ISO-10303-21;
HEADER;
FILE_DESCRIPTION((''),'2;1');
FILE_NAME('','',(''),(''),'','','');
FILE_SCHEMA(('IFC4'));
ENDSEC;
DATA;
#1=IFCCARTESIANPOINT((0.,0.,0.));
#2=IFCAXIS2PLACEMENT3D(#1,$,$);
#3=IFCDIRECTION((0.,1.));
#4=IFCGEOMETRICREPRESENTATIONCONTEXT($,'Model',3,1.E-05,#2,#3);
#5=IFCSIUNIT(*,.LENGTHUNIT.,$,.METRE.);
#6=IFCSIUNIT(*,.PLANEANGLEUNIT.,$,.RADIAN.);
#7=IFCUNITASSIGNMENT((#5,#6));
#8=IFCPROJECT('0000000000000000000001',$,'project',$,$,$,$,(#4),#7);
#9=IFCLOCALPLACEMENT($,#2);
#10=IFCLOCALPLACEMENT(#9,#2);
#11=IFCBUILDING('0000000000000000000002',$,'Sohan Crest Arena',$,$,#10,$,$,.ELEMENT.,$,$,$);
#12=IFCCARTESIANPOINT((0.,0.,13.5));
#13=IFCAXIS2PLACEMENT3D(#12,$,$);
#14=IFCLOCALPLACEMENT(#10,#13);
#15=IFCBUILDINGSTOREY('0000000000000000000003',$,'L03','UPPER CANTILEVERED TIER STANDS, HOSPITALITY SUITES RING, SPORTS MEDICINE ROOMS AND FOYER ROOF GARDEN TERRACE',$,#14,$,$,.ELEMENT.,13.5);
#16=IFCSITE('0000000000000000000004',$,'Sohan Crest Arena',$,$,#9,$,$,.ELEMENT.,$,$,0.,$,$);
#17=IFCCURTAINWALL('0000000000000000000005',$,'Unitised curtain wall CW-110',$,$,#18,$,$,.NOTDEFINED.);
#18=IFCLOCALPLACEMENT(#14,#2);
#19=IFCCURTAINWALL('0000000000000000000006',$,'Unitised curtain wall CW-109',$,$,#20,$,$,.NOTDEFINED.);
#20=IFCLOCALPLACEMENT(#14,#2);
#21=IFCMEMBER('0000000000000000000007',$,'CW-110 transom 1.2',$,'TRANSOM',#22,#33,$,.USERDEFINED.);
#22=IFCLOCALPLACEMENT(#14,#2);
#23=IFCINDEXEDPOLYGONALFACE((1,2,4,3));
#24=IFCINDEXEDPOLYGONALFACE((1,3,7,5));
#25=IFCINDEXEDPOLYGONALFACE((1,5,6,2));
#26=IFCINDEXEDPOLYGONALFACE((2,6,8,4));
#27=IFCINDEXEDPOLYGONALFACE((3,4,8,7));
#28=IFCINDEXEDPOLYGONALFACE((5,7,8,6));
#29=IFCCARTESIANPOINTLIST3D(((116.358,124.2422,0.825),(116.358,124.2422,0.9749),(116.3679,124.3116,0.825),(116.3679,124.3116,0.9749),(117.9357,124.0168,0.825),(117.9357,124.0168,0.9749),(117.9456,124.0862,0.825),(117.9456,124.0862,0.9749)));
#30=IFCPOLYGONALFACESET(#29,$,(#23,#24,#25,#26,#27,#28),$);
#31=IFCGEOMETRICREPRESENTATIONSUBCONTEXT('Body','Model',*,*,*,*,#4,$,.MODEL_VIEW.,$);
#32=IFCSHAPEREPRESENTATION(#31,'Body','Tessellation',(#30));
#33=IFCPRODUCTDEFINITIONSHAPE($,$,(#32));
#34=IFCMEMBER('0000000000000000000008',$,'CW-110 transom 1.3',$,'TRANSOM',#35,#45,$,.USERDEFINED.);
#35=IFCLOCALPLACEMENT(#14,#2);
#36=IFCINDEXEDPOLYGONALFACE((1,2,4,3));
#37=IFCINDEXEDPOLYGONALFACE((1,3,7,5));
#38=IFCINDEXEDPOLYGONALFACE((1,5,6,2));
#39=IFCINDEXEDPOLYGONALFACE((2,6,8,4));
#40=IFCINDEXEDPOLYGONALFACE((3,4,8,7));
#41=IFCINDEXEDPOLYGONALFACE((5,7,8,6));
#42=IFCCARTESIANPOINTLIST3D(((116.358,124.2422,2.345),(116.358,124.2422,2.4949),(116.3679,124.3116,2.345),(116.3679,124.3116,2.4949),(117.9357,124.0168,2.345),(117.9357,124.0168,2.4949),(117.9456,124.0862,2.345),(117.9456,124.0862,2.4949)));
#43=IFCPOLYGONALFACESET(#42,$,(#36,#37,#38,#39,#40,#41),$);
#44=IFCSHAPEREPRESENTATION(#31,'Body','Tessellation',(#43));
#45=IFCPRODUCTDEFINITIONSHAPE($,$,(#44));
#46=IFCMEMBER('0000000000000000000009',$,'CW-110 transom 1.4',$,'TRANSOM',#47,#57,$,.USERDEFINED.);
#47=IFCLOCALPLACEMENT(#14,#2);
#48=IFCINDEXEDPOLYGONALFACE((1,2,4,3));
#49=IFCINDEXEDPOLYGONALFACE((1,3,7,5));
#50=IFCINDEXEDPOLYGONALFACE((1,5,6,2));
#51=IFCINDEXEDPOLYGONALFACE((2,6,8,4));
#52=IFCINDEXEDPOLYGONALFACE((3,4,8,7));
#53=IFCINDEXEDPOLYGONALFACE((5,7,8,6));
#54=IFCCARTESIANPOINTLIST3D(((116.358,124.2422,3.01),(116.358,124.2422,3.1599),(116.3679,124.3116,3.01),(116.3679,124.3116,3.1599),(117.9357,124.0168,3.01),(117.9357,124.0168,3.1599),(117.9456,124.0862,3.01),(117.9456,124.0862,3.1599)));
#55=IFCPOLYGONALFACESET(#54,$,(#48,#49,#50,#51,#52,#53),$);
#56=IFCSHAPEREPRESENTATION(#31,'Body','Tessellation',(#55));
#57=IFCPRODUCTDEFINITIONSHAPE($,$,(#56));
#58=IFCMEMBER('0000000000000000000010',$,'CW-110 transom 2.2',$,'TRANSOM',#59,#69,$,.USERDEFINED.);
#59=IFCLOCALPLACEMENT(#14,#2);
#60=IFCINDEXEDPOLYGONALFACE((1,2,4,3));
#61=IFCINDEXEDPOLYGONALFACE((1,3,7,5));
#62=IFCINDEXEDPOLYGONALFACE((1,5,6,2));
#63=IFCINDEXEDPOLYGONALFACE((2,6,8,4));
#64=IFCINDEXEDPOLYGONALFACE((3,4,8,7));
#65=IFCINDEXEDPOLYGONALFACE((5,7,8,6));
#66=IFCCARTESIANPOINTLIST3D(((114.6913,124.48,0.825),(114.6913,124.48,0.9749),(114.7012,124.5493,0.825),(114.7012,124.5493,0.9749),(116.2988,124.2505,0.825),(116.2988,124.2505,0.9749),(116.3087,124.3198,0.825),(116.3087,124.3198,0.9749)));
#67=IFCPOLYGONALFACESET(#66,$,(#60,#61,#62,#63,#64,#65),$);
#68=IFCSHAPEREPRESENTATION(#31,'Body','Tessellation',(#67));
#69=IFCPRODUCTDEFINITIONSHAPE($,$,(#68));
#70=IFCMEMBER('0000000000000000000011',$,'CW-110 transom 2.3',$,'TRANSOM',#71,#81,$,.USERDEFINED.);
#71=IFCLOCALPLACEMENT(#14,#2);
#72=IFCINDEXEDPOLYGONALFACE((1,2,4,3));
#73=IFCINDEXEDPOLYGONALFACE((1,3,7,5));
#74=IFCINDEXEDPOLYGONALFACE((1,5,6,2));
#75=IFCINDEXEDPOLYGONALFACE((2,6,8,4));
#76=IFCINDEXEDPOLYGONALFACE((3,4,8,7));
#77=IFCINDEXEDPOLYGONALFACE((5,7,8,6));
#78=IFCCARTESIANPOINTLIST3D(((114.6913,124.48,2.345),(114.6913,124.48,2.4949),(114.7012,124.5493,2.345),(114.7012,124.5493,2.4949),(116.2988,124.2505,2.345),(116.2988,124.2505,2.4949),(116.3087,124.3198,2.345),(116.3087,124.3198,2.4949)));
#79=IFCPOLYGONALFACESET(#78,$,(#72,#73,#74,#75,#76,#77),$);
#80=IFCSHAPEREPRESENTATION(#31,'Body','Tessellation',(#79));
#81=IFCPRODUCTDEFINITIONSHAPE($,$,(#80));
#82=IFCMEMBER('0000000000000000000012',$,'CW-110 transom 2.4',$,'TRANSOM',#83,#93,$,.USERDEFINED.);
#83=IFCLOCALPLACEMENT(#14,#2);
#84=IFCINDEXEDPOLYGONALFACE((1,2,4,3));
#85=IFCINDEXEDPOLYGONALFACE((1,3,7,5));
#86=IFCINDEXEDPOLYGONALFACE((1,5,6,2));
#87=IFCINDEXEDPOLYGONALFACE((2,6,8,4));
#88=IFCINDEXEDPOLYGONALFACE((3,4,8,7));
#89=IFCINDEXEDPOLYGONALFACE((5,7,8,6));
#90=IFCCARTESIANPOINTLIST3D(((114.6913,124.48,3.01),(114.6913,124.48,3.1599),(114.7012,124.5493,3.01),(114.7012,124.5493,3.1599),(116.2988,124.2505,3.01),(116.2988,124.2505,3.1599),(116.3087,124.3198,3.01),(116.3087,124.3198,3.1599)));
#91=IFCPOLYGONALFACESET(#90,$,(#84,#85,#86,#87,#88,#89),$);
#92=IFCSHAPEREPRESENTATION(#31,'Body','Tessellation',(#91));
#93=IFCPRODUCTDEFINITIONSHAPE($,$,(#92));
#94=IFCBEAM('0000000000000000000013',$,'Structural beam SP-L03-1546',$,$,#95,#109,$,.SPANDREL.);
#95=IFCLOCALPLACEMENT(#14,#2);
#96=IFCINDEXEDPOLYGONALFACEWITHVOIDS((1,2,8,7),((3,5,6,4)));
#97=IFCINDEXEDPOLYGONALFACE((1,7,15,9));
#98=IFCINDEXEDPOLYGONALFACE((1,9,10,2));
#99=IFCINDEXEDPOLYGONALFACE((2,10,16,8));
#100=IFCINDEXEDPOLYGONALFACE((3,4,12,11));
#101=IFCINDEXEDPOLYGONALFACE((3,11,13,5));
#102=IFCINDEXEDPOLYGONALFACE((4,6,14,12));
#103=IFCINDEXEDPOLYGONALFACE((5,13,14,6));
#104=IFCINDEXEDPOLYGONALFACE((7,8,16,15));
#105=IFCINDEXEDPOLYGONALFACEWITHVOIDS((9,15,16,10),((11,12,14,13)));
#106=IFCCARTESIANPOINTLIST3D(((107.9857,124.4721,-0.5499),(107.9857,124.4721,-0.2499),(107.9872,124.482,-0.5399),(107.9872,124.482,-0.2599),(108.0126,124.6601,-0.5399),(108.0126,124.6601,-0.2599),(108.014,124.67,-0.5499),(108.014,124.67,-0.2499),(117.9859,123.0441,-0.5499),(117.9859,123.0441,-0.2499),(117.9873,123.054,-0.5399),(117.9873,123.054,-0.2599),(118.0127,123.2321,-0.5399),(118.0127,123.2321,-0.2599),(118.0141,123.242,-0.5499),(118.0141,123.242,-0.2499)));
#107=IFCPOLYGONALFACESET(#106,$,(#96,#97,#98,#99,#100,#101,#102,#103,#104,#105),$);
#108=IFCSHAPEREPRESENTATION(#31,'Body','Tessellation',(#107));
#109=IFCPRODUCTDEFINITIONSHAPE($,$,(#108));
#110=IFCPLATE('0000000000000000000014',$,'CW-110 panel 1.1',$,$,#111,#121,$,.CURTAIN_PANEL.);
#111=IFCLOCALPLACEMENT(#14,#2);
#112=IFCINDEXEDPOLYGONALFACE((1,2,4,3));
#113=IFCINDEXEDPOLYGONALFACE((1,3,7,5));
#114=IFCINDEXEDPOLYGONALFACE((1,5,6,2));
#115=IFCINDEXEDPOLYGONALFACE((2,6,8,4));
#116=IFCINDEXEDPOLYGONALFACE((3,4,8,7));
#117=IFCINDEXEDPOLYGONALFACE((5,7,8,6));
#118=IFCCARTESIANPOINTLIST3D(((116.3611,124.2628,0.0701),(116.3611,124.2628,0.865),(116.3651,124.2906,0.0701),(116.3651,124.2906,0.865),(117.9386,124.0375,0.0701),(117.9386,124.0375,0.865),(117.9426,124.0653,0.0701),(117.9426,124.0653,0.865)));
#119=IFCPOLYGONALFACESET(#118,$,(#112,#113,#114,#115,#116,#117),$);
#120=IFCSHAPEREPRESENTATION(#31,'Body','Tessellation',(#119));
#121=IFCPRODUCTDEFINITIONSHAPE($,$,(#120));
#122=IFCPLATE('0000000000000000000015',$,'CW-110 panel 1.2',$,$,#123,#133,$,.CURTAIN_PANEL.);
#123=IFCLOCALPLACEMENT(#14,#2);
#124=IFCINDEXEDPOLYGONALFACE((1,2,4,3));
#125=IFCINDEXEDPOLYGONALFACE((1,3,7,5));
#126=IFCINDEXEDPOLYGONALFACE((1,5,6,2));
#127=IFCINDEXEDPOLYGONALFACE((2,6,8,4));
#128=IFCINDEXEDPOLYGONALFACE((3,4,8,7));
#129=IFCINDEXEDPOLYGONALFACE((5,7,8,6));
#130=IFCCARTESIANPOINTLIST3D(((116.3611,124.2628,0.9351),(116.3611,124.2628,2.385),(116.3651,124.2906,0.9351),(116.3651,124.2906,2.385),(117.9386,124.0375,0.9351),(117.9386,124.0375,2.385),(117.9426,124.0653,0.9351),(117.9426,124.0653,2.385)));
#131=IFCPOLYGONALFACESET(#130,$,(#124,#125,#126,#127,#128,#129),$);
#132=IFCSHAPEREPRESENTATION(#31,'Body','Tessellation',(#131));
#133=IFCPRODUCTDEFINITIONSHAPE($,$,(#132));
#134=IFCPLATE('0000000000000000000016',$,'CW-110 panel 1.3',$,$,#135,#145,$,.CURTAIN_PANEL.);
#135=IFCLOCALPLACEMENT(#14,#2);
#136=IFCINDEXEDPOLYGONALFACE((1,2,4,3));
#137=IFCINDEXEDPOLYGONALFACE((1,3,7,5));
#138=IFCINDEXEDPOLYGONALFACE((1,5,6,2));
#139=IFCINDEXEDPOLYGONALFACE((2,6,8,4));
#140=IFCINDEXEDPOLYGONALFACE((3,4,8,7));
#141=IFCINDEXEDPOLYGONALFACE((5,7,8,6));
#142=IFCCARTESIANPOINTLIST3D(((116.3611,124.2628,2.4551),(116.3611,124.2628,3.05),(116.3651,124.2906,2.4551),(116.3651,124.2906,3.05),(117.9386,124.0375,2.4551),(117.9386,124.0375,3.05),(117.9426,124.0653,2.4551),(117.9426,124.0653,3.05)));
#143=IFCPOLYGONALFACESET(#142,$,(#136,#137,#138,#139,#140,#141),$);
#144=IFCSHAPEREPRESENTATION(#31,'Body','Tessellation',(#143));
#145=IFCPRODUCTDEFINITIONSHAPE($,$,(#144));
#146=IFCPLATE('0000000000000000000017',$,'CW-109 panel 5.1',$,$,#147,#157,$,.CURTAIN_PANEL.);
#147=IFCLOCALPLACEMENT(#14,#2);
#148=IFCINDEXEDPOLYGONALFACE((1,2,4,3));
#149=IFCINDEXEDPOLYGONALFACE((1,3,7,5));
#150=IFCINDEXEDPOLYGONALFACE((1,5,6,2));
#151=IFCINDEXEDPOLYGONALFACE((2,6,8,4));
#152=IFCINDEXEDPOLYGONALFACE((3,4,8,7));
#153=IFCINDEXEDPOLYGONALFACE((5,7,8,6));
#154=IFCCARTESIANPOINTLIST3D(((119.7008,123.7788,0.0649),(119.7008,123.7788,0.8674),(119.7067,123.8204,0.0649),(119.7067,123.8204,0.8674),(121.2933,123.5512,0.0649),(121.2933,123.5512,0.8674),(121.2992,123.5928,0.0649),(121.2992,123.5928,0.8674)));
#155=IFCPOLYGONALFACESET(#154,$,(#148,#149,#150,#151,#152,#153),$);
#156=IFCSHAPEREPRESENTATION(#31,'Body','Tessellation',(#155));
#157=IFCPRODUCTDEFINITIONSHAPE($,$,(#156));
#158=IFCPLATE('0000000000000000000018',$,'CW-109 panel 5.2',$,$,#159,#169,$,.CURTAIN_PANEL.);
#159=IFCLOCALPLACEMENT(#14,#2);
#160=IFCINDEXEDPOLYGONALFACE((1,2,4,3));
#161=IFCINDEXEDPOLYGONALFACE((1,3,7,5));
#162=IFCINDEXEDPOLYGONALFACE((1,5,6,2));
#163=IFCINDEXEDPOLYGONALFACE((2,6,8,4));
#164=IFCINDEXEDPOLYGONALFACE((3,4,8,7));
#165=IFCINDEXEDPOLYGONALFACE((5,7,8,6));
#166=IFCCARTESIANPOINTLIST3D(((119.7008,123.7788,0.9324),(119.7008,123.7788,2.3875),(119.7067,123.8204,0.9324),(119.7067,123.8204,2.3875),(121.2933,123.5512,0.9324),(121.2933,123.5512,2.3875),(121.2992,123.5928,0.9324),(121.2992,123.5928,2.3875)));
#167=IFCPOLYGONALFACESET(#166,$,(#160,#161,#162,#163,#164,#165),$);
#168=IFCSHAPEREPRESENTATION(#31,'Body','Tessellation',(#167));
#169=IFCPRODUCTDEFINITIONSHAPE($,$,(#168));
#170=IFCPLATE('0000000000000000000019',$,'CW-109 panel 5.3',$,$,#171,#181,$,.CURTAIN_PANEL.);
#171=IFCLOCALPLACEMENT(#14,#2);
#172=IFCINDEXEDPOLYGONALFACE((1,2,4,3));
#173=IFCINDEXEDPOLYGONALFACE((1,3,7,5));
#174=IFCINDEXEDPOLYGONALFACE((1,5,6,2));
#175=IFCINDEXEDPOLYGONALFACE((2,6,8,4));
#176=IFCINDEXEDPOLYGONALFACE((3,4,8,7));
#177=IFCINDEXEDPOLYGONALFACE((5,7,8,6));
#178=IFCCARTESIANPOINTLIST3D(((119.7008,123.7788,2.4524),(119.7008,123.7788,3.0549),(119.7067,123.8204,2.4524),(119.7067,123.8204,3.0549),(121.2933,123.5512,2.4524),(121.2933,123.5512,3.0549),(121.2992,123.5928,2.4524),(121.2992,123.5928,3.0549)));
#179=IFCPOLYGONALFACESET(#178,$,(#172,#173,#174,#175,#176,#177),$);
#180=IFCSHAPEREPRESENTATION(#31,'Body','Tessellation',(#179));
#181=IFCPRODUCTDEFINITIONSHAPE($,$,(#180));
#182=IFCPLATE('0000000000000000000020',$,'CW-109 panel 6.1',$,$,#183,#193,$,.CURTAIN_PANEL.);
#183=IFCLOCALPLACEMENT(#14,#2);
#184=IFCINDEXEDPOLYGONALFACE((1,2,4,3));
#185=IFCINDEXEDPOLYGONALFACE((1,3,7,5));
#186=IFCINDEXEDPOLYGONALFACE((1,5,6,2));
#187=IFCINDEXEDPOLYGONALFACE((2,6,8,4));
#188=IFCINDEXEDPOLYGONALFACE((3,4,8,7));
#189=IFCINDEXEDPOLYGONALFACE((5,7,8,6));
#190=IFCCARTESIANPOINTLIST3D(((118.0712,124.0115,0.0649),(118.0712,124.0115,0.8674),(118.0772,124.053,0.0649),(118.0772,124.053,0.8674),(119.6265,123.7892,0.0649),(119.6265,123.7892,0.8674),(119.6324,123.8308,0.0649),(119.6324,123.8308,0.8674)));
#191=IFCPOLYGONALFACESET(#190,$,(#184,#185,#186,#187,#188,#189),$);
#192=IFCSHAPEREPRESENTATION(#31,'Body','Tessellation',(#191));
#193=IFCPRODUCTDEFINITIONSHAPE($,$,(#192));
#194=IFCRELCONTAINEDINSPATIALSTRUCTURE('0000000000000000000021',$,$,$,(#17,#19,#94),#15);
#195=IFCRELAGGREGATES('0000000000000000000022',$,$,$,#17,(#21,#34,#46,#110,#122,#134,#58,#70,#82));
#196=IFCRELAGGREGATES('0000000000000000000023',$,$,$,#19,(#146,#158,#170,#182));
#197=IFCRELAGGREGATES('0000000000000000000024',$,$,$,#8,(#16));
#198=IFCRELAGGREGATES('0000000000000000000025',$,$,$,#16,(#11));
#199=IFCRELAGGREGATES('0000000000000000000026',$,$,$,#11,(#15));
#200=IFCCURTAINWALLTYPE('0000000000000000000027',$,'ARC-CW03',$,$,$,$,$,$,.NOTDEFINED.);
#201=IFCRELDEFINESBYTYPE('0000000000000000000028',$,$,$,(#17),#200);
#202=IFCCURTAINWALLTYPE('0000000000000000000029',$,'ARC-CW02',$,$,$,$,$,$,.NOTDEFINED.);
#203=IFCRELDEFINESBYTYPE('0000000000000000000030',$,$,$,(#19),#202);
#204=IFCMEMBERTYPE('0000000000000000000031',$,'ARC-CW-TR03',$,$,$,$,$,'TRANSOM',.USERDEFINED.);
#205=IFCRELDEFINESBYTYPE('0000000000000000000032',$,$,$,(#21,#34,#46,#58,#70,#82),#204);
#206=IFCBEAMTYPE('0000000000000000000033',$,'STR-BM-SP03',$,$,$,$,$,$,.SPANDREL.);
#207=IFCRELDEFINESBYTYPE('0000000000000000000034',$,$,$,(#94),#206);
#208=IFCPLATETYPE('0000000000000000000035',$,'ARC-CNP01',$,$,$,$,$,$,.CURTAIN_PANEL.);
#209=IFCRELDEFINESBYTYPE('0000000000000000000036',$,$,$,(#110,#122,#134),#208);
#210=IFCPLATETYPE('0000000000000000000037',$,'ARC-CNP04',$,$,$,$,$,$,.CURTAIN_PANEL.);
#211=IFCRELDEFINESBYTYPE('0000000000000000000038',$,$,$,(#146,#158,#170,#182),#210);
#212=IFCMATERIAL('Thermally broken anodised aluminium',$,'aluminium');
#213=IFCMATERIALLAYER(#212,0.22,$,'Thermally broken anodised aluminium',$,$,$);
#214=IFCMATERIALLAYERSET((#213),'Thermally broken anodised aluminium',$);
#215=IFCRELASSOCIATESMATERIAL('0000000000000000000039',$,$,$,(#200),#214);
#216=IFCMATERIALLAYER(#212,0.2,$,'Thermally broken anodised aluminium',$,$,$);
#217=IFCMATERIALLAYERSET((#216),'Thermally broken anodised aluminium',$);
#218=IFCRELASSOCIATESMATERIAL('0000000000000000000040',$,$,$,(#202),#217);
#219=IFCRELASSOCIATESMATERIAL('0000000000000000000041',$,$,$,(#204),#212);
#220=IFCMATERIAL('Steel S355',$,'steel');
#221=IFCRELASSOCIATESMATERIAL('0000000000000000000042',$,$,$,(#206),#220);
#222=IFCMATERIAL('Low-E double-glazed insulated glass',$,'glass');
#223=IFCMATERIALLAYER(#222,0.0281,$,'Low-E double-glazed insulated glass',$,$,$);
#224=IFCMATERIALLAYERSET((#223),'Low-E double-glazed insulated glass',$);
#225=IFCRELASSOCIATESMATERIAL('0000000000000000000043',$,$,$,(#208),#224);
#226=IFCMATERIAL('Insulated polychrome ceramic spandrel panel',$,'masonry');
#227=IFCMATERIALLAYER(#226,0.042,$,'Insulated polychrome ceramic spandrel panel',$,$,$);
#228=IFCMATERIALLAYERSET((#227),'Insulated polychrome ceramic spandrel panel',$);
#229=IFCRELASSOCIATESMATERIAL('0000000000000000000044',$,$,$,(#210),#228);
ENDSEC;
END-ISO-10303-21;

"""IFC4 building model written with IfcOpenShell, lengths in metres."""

from ifc_helpers import new_model, si_unit, direction, frame, origin, origin_2d, place, context, subcontext, project, spatial, rectangle, hollow_rectangle, extrude, material, layer, layer_set, material_profile, profile_set, type_object, element, aggregate, save


model = new_model("IFC4")

# Units and contexts
model_context = context("Model", 3, precision=1e-05, world=origin(), true_north=direction((0.0, 1.0)))
body_context = subcontext(model_context, "Body", "Model", "MODEL_VIEW")
ifc_project = project(units=[si_unit("LENGTHUNIT", "METRE"), si_unit("PLANEANGLEUNIT", "RADIAN")], contexts=[model_context])

# Site, building, storey
site_placement = place(None, origin())
site = spatial("IfcSite", under=ifc_project, at=site_placement, Name="Sohan Crest Arena", CompositionType="ELEMENT", RefElevation=0.0)
building_placement = place(site_placement, origin())
building = spatial("IfcBuilding", under=site, at=building_placement, Name="Sohan Crest Arena", CompositionType="ELEMENT")
storey_placement = place(building_placement, frame((0.0, 0.0, 13.5)))
storey = spatial("IfcBuildingStorey", under=building, at=storey_placement, Name="L03", Description="UPPER CANTILEVERED TIER STANDS, HOSPITALITY SUITES RING, SPORTS MEDICINE ROOMS AND FOYER ROOF GARDEN TERRACE", CompositionType="ELEMENT", Elevation=13.5)

# Shared definitions
ifc_material_1 = material(Name="Steel S355", Category="steel")

# Curtain walls
ifc_material_2 = material(Name="Thermally broken anodised aluminium", Category="aluminium")
ifc_layer_1 = layer(ifc_material_2, 0.22, Name="Thermally broken anodised aluminium")
ifc_layer_set_1 = layer_set([ifc_layer_1], Name="Thermally broken anodised aluminium")
curtain_wall_type_1 = type_object("IfcCurtainWallType", Name="ARC-CW03", PredefinedType="NOTDEFINED", material=ifc_layer_set_1)
curtain_wall_1_placement = place(storey_placement, origin())
curtain_wall_1 = element("IfcCurtainWall", 1, at=curtain_wall_1_placement, inside=storey, type_object=curtain_wall_type_1, Name="Unitised curtain wall CW-110", PredefinedType="NOTDEFINED")
ifc_layer_2 = layer(ifc_material_2, 0.2, Name="Thermally broken anodised aluminium")
ifc_layer_set_2 = layer_set([ifc_layer_2], Name="Thermally broken anodised aluminium")
curtain_wall_type_2 = type_object("IfcCurtainWallType", Name="ARC-CW02", PredefinedType="NOTDEFINED", material=ifc_layer_set_2)
curtain_wall_2_placement = place(storey_placement, origin())
curtain_wall_2 = element("IfcCurtainWall", 2, at=curtain_wall_2_placement, inside=storey, type_object=curtain_wall_type_2, Name="Unitised curtain wall CW-109", PredefinedType="NOTDEFINED")

# Members
ifc_material_profile_1 = material_profile(ifc_material_2, rectangle(XDim=0.0701, YDim=0.1499, at=origin_2d()), Name="ALU-TRAN 70x150")
ifc_profile_set_1 = profile_set([ifc_material_profile_1], Name="Thermally broken anodised aluminium")
member_type_1 = type_object("IfcMemberType", Name="ARC-CW-TR03", ElementType="TRANSOM", PredefinedType="USERDEFINED", material=ifc_profile_set_1)
member_1_placement = place(storey_placement, frame((117.9407, 124.0515, 0.8999), z_axis=(-0.989953, 0.1414, 0.0), x_axis=(-0.1414, -0.989953, 0.0)))
member_1 = element("IfcMember", 3, at=member_1_placement, type_object=member_type_1, Name="CW-110 transom 1.2", ObjectType="TRANSOM", PredefinedType="USERDEFINED", context=body_context, shape_type="SweptSolid", body=[
    extrude(rectangle(XDim=0.0701, YDim=0.1499, at=origin_2d()), origin(), (0.0, 0.0, 1.0), 1.5938),
])
member_2_placement = place(storey_placement, frame((117.9407, 124.0515, 2.4199), z_axis=(-0.989953, 0.1414, 0.0), x_axis=(-0.1414, -0.989953, 0.0)))
member_2 = element("IfcMember", 4, at=member_2_placement, type_object=member_type_1, Name="CW-110 transom 1.3", ObjectType="TRANSOM", PredefinedType="USERDEFINED", context=body_context, shape_type="SweptSolid", body=[
    extrude(rectangle(XDim=0.0701, YDim=0.1499, at=origin_2d()), origin(), (0.0, 0.0, 1.0), 1.5938),
])
member_3_placement = place(storey_placement, frame((117.9407, 124.0515, 3.085), z_axis=(-0.989953, 0.1414, 0.0), x_axis=(-0.1414, -0.989953, 0.0)))
member_3 = element("IfcMember", 5, at=member_3_placement, type_object=member_type_1, Name="CW-110 transom 1.4", ObjectType="TRANSOM", PredefinedType="USERDEFINED", context=body_context, shape_type="SweptSolid", body=[
    extrude(rectangle(XDim=0.0701, YDim=0.1499, at=origin_2d()), origin(), (0.0, 0.0, 1.0), 1.5938),
])
member_4_placement = place(storey_placement, frame((116.3037, 124.2852, 0.8999), z_axis=(-0.989962, 0.141337, 0.0), x_axis=(-0.141337, -0.989962, 0.0)))
member_4 = element("IfcMember", 6, at=member_4_placement, type_object=member_type_1, Name="CW-110 transom 2.2", ObjectType="TRANSOM", PredefinedType="USERDEFINED", context=body_context, shape_type="SweptSolid", body=[
    extrude(rectangle(XDim=0.0701, YDim=0.1499, at=origin_2d()), origin(), (0.0, 0.0, 1.0), 1.6238),
])
member_5_placement = place(storey_placement, frame((116.3037, 124.2852, 2.4199), z_axis=(-0.989962, 0.141337, 0.0), x_axis=(-0.141337, -0.989962, 0.0)))
member_5 = element("IfcMember", 7, at=member_5_placement, type_object=member_type_1, Name="CW-110 transom 2.3", ObjectType="TRANSOM", PredefinedType="USERDEFINED", context=body_context, shape_type="SweptSolid", body=[
    extrude(rectangle(XDim=0.0701, YDim=0.1499, at=origin_2d()), origin(), (0.0, 0.0, 1.0), 1.6238),
])
member_6_placement = place(storey_placement, frame((116.3037, 124.2852, 3.085), z_axis=(-0.989962, 0.141337, 0.0), x_axis=(-0.141337, -0.989962, 0.0)))
member_6 = element("IfcMember", 8, at=member_6_placement, type_object=member_type_1, Name="CW-110 transom 2.4", ObjectType="TRANSOM", PredefinedType="USERDEFINED", context=body_context, shape_type="SweptSolid", body=[
    extrude(rectangle(XDim=0.0701, YDim=0.1499, at=origin_2d()), origin(), (0.0, 0.0, 1.0), 1.6238),
])

# Beam
ifc_material_profile_2 = material_profile(ifc_material_1, hollow_rectangle(XDim=0.2, YDim=0.3, WallThickness=0.01, at=origin_2d()), Name="RHS 300x200x10")
ifc_profile_set_2 = profile_set([ifc_material_profile_2], Name="Steel S355")
beam_type = type_object("IfcBeamType", Name="STR-BM-SP03", PredefinedType="SPANDREL", material=ifc_profile_set_2)
beam_placement = place(storey_placement, frame((118.0, 123.1431, -0.3999), z_axis=(-0.989958, 0.141364, 0.0), x_axis=(-0.141364, -0.989958, 0.0)))
element("IfcBeam", 9, at=beam_placement, inside=storey, type_object=beam_type, Name="Structural beam SP-L03-1546", PredefinedType="SPANDREL", context=body_context, shape_type="SweptSolid", body=[
    extrude(hollow_rectangle(XDim=0.2, YDim=0.3, WallThickness=0.01, at=origin_2d()), origin(), (0.0, 0.0, 1.0), 10.1016),
])

# Plates
ifc_material_3 = material(Name="Low-E double-glazed insulated glass", Category="glass")
ifc_layer_3 = layer(ifc_material_3, 0.0281, Name="Low-E double-glazed insulated glass")
ifc_layer_set_3 = layer_set([ifc_layer_3], Name="Low-E double-glazed insulated glass")
plate_type_1 = type_object("IfcPlateType", Name="ARC-CNP01", PredefinedType="CURTAIN_PANEL", material=ifc_layer_set_3)
plate_1_placement = place(storey_placement, frame((117.1519, 124.1641, 0.0701), z_axis=(0.0, 0.0, 1.0), x_axis=(-0.989957, 0.141366, 0.0)))
plate_1 = element("IfcPlate", 10, at=plate_1_placement, type_object=plate_type_1, Name="CW-110 panel 1.1", PredefinedType="CURTAIN_PANEL", context=body_context, shape_type="SweptSolid", body=[
    extrude(rectangle(XDim=1.5935, YDim=0.0281, at=origin_2d()), origin(), (0.0, 0.0, 1.0), 0.7949),
])
plate_2_placement = place(storey_placement, frame((117.1519, 124.1641, 0.9351), z_axis=(0.0, 0.0, 1.0), x_axis=(-0.989957, 0.141366, 0.0)))
plate_2 = element("IfcPlate", 11, at=plate_2_placement, type_object=plate_type_1, Name="CW-110 panel 1.2", PredefinedType="CURTAIN_PANEL", context=body_context, shape_type="SweptSolid", body=[
    extrude(rectangle(XDim=1.5935, YDim=0.0281, at=origin_2d()), origin(), (0.0, 0.0, 1.0), 1.45),
])
plate_3_placement = place(storey_placement, frame((117.1519, 124.1641, 2.4551), z_axis=(0.0, 0.0, 1.0), x_axis=(-0.989957, 0.141366, 0.0)))
plate_3 = element("IfcPlate", 12, at=plate_3_placement, type_object=plate_type_1, Name="CW-110 panel 1.3", PredefinedType="CURTAIN_PANEL", context=body_context, shape_type="SweptSolid", body=[
    extrude(rectangle(XDim=1.5935, YDim=0.0281, at=origin_2d()), origin(), (0.0, 0.0, 1.0), 0.595),
])
aggregate(curtain_wall_1, [member_1, member_2, member_3, plate_1, plate_2, plate_3, member_4, member_5, member_6])
ifc_material_4 = material(Name="Insulated polychrome ceramic spandrel panel", Category="masonry")
ifc_layer_4 = layer(ifc_material_4, 0.042, Name="Insulated polychrome ceramic spandrel panel")
ifc_layer_set_4 = layer_set([ifc_layer_4], Name="Insulated polychrome ceramic spandrel panel")
plate_type_2 = type_object("IfcPlateType", Name="ARC-CNP04", PredefinedType="CURTAIN_PANEL", material=ifc_layer_set_4)
plate_4_placement = place(storey_placement, frame((120.5, 123.6858, 0.0649), z_axis=(0.0, 0.0, 1.0), x_axis=(-0.989944, 0.141463, 0.0)))
plate_4 = element("IfcPlate", 13, at=plate_4_placement, type_object=plate_type_2, Name="CW-109 panel 5.1", PredefinedType="CURTAIN_PANEL", context=body_context, shape_type="SweptSolid", body=[
    extrude(rectangle(XDim=1.6086, YDim=0.042, at=origin_2d()), origin(), (0.0, 0.0, 1.0), 0.8025),
])
plate_5_placement = place(storey_placement, frame((120.5, 123.6858, 0.9324), z_axis=(0.0, 0.0, 1.0), x_axis=(-0.989944, 0.141463, 0.0)))
plate_5 = element("IfcPlate", 14, at=plate_5_placement, type_object=plate_type_2, Name="CW-109 panel 5.2", PredefinedType="CURTAIN_PANEL", context=body_context, shape_type="SweptSolid", body=[
    extrude(rectangle(XDim=1.6086, YDim=0.042, at=origin_2d()), origin(), (0.0, 0.0, 1.0), 1.4551),
])
plate_6_placement = place(storey_placement, frame((120.5, 123.6858, 2.4524), z_axis=(0.0, 0.0, 1.0), x_axis=(-0.989944, 0.141463, 0.0)))
plate_6 = element("IfcPlate", 15, at=plate_6_placement, type_object=plate_type_2, Name="CW-109 panel 5.3", PredefinedType="CURTAIN_PANEL", context=body_context, shape_type="SweptSolid", body=[
    extrude(rectangle(XDim=1.6086, YDim=0.042, at=origin_2d()), origin(), (0.0, 0.0, 1.0), 0.6025),
])
plate_7_placement = place(storey_placement, frame((118.8518, 123.9211, 0.0649), z_axis=(0.0, 0.0, 1.0), x_axis=(-0.989944, 0.141463, 0.0)))
plate_7 = element("IfcPlate", 16, at=plate_7_placement, type_object=plate_type_2, Name="CW-109 panel 6.1", PredefinedType="CURTAIN_PANEL", context=body_context, shape_type="SweptSolid", body=[
    extrude(rectangle(XDim=1.571, YDim=0.042, at=origin_2d()), origin(), (0.0, 0.0, 1.0), 0.8025),
])
aggregate(curtain_wall_2, [plate_4, plate_5, plate_6, plate_7])

save(model, "model.ifc")
